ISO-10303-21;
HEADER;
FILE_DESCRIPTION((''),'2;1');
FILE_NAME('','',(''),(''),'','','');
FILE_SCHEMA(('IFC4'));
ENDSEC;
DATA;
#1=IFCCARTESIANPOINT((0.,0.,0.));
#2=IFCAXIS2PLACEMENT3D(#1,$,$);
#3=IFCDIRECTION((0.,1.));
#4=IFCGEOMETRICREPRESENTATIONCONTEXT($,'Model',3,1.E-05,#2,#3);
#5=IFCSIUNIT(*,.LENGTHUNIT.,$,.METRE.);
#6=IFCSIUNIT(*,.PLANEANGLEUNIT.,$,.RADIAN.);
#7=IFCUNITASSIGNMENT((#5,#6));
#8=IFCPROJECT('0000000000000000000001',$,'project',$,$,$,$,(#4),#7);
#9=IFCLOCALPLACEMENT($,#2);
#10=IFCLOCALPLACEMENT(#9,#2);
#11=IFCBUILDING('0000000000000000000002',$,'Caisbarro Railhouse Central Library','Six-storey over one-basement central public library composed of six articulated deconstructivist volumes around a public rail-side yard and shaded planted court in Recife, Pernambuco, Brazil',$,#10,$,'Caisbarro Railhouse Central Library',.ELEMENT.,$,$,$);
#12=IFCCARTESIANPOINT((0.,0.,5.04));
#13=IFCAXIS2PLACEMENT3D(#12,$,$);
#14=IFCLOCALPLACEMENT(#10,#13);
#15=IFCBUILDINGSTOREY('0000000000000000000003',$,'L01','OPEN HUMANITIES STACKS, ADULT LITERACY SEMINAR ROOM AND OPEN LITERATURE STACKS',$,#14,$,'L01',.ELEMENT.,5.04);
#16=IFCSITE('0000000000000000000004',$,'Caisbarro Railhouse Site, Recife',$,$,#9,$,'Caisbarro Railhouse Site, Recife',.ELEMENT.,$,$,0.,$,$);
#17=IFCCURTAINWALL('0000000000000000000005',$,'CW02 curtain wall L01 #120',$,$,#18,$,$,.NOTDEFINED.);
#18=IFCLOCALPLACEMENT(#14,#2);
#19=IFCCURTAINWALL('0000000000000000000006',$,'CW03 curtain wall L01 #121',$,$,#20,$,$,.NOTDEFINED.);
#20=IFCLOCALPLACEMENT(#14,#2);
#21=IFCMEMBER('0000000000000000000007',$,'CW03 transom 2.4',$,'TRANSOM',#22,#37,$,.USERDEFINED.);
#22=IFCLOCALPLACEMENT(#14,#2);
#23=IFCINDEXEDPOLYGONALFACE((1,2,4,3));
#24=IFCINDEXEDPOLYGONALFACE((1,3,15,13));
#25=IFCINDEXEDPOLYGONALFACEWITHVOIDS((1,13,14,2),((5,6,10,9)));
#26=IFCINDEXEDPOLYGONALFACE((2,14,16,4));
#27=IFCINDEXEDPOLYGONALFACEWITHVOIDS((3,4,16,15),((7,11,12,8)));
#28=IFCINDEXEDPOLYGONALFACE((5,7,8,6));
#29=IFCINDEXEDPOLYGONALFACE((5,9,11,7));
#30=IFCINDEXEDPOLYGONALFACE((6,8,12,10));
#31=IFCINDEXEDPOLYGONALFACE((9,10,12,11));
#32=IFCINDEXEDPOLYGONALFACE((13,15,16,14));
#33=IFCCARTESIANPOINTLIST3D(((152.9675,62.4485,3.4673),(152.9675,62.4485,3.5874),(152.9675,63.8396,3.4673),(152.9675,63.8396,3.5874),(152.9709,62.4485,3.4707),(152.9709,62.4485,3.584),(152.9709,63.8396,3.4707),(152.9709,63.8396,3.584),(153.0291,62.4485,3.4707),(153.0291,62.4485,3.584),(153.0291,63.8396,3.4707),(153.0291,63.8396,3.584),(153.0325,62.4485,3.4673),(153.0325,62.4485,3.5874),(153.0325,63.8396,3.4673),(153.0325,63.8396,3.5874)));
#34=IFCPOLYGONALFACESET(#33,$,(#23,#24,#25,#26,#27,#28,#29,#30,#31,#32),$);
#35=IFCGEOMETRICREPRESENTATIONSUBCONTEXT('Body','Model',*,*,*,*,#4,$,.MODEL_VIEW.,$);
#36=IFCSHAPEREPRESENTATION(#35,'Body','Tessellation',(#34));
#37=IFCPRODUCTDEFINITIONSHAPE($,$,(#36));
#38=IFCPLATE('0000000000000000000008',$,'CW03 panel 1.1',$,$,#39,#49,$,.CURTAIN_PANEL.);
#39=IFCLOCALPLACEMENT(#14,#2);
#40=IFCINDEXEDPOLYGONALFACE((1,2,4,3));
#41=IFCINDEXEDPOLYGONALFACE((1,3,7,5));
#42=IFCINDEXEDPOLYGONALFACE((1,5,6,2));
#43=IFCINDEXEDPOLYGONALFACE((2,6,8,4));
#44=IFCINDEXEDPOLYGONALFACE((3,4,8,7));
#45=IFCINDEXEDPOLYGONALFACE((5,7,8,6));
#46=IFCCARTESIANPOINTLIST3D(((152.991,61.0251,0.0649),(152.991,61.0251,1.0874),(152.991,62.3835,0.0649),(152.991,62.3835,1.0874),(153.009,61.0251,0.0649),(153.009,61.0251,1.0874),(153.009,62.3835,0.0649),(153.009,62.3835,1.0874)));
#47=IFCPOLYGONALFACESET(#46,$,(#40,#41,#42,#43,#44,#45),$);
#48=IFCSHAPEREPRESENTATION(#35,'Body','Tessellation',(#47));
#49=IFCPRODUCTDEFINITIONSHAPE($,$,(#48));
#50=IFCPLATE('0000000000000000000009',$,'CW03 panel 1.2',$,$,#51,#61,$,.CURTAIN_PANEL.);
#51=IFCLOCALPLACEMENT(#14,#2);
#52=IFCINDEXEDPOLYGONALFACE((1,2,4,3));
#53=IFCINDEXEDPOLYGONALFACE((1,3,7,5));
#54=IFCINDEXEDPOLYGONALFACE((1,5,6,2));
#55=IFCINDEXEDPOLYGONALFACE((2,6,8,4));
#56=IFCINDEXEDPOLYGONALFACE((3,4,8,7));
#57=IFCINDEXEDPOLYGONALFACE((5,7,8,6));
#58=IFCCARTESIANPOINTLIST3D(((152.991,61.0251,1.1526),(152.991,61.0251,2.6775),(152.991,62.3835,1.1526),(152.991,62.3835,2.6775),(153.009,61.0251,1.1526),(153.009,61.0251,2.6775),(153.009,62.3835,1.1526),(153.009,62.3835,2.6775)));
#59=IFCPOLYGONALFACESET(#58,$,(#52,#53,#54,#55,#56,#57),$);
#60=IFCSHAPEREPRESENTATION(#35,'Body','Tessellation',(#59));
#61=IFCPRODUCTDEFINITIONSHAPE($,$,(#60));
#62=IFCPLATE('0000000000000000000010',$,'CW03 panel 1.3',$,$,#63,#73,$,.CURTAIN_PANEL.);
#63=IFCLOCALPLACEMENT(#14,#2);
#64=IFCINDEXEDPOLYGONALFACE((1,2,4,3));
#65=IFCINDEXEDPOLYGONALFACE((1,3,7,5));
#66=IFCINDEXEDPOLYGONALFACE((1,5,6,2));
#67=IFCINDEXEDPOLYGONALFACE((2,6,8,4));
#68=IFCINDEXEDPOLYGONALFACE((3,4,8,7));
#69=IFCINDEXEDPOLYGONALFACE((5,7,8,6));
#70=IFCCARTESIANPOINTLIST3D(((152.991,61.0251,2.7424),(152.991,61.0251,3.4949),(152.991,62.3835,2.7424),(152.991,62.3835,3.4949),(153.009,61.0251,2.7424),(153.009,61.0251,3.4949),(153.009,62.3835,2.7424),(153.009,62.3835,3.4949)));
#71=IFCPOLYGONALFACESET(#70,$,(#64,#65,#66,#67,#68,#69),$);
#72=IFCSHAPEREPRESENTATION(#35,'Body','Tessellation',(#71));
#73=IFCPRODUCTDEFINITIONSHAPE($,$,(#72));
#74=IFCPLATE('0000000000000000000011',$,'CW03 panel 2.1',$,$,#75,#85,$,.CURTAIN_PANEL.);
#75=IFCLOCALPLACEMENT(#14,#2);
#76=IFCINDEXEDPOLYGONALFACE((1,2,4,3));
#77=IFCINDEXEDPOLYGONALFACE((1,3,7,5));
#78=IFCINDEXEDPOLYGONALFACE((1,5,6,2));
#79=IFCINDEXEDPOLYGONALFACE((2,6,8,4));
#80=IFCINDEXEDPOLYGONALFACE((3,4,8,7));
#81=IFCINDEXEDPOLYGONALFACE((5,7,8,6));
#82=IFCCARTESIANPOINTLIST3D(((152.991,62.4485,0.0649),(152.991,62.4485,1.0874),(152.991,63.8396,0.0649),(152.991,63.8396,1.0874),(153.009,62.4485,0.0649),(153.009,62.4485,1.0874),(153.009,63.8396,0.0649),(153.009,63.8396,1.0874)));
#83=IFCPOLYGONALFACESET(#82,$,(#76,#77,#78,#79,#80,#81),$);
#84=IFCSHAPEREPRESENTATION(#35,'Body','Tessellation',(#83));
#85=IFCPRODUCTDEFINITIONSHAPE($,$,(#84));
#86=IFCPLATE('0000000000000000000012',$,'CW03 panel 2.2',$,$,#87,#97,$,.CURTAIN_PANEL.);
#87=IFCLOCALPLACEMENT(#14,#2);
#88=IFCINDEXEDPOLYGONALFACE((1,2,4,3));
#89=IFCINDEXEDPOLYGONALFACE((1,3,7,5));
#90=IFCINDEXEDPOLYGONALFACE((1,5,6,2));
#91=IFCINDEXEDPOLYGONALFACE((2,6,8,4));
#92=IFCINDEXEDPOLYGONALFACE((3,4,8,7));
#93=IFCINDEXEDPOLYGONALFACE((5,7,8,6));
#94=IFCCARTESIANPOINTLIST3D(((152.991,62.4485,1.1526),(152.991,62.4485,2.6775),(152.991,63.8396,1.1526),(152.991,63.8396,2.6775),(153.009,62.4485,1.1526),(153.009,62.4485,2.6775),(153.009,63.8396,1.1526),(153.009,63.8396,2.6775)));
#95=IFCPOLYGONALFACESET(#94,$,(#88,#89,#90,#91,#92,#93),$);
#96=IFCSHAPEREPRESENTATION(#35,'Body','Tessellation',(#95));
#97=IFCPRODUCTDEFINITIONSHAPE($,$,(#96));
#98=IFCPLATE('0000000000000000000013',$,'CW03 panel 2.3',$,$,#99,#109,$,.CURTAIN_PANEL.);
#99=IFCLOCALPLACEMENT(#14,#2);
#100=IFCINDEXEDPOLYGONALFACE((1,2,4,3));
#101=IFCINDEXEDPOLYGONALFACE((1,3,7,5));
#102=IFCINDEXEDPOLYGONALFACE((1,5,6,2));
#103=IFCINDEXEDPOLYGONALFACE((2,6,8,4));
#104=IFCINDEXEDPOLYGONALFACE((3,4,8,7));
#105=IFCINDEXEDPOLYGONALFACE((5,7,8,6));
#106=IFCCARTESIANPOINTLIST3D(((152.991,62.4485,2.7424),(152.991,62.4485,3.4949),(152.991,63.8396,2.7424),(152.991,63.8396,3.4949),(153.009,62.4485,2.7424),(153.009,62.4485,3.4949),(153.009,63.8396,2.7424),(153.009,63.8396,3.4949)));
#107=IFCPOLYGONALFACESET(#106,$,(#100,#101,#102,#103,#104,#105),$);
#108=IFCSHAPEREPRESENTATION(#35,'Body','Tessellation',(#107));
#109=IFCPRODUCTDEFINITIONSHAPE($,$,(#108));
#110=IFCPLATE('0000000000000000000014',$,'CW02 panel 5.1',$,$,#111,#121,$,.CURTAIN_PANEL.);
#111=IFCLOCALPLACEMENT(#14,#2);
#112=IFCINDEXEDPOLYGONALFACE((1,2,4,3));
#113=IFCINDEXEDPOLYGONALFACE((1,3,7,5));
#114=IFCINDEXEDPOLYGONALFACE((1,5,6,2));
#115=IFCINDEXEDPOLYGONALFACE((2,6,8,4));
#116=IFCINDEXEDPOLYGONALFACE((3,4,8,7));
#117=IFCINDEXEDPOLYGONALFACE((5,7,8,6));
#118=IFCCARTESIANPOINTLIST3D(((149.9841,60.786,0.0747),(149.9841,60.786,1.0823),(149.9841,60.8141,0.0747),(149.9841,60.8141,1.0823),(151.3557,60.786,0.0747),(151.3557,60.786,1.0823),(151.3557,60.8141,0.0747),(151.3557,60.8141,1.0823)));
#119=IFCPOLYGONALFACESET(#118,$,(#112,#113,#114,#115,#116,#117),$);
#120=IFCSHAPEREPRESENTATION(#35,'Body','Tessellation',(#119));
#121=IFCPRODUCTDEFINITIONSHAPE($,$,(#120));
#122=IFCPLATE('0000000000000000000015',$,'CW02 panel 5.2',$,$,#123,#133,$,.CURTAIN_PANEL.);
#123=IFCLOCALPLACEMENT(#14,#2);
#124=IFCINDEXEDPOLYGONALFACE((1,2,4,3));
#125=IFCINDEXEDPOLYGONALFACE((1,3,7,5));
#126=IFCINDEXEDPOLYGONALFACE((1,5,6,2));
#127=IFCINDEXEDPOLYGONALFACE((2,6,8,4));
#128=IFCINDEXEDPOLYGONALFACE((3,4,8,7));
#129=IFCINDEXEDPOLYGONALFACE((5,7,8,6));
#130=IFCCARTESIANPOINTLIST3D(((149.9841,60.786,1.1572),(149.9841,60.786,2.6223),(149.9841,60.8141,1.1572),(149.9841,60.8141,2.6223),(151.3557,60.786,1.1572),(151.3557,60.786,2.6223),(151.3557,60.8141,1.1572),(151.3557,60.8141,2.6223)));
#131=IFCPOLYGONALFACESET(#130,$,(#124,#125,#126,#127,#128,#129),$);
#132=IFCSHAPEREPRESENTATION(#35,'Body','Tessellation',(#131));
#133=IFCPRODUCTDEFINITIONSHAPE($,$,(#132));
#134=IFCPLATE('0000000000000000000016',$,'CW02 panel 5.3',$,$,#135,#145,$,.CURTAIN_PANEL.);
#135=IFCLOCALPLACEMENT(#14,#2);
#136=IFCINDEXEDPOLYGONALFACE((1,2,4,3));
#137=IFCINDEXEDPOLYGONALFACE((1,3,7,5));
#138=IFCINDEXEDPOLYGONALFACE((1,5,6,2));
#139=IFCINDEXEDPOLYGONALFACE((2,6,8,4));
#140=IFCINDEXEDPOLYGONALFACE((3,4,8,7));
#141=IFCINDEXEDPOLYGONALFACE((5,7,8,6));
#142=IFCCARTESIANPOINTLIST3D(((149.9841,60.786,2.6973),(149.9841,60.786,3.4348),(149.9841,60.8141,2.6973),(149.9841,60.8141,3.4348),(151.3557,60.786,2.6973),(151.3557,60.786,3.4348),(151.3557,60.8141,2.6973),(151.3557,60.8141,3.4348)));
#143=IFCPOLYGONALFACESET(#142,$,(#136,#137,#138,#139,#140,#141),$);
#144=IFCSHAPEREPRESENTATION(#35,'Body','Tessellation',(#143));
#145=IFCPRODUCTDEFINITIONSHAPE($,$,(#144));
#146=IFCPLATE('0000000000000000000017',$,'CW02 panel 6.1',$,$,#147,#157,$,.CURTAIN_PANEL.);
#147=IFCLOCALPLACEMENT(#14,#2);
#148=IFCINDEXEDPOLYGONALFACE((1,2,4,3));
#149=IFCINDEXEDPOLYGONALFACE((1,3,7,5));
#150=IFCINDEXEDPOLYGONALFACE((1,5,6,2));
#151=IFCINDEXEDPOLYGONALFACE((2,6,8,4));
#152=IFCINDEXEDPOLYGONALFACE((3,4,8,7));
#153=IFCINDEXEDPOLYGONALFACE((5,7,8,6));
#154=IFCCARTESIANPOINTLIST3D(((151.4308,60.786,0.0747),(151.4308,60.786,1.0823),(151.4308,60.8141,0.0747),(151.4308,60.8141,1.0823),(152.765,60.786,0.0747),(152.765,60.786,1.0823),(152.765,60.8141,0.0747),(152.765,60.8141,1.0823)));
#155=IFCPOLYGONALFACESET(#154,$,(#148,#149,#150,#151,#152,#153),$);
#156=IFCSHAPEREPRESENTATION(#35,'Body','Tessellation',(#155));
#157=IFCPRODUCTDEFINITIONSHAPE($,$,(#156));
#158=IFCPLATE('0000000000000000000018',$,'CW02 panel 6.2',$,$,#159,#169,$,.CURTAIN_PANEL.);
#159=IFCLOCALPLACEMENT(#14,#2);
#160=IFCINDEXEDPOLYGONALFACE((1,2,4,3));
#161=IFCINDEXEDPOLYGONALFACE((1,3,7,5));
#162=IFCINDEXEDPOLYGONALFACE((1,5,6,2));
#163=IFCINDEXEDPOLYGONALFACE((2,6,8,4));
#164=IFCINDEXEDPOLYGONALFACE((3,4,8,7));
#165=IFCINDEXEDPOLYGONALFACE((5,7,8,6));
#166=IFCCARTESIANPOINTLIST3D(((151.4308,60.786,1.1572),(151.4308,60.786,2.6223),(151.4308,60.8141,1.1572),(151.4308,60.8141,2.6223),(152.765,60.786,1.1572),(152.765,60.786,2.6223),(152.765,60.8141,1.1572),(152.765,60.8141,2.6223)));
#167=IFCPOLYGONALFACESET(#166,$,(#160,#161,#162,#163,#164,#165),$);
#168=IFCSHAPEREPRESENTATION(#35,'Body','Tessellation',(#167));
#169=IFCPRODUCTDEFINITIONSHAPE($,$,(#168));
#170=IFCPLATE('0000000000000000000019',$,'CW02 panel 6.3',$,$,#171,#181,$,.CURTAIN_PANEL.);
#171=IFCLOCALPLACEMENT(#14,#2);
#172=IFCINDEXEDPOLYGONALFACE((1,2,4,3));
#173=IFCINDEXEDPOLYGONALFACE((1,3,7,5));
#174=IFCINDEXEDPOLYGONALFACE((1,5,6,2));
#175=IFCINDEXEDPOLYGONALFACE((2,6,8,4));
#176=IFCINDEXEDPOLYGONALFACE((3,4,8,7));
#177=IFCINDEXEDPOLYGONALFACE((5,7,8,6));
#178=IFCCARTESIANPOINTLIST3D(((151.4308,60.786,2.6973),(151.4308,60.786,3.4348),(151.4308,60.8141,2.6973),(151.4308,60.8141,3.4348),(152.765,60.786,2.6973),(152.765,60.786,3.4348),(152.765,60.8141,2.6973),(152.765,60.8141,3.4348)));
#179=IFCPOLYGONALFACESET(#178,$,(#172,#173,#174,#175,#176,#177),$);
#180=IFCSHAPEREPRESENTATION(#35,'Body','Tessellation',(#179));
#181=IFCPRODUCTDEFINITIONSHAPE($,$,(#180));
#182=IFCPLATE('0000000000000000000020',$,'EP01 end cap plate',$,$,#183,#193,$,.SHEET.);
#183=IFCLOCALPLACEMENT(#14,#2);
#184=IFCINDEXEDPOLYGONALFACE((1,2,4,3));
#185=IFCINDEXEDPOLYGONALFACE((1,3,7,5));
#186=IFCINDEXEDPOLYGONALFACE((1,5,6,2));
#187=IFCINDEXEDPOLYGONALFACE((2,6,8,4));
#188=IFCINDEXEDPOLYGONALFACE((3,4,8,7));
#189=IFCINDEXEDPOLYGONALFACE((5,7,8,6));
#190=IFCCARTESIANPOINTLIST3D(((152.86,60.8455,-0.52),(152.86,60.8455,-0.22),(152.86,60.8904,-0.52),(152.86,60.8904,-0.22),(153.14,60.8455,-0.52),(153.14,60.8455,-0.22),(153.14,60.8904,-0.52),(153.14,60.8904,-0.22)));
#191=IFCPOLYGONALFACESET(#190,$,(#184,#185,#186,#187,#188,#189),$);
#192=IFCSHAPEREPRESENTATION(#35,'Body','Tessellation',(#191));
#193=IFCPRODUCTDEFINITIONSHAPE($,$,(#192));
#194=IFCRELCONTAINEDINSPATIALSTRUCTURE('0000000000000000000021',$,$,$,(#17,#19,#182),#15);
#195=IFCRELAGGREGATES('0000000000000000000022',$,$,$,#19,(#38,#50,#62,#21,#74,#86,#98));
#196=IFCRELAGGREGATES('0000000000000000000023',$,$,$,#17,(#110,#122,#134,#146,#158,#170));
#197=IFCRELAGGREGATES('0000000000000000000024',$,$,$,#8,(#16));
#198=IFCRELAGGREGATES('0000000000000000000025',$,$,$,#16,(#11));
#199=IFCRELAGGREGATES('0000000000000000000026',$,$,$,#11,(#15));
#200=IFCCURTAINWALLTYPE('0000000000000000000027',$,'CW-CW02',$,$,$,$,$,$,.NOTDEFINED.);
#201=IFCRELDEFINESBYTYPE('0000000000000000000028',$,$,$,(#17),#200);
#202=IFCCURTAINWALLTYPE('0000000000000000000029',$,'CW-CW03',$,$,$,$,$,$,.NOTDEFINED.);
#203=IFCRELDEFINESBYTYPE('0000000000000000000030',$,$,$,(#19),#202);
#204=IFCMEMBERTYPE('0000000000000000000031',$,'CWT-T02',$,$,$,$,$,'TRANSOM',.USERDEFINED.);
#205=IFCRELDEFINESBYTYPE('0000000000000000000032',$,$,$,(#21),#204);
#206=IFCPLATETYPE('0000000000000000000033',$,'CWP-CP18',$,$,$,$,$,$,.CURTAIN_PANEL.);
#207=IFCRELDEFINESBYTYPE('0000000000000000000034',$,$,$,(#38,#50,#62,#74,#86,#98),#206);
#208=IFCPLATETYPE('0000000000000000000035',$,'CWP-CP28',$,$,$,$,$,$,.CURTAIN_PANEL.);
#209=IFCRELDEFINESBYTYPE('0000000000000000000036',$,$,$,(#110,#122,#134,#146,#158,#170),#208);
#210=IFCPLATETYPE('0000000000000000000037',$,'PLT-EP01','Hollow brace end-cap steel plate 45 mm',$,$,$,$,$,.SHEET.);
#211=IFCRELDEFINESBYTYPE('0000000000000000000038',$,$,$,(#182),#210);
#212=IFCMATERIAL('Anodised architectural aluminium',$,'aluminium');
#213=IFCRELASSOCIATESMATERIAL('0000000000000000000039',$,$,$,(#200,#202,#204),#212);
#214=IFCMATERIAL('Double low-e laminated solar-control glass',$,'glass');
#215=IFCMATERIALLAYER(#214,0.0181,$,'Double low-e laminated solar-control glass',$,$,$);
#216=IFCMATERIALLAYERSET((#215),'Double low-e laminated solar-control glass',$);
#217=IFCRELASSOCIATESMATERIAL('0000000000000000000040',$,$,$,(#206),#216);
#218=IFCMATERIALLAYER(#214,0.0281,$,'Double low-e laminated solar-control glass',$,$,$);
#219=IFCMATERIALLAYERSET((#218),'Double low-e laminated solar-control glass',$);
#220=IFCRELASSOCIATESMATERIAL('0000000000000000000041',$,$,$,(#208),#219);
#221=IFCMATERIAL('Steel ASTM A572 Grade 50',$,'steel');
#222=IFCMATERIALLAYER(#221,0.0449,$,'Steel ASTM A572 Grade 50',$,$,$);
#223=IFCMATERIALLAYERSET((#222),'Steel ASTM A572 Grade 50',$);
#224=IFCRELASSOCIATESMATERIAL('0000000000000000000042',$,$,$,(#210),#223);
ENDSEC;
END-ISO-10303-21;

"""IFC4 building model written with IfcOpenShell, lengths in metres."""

from ifc_helpers import new_model, si_unit, direction, frame, origin, origin_2d, place, context, subcontext, project, spatial, rectangle, hollow_rectangle, extrude, material, layer, layer_set, material_profile, profile_set, type_object, element, aggregate, save


model = new_model("IFC4")

# Units and contexts
model_context = context("Model", 3, precision=1e-05, world=origin(), true_north=direction((0.0, 1.0)))
body_context = subcontext(model_context, "Body", "Model", "MODEL_VIEW")
ifc_project = project(units=[si_unit("LENGTHUNIT", "METRE"), si_unit("PLANEANGLEUNIT", "RADIAN")], contexts=[model_context])

# Site, building, storey
site_placement = place(None, origin())
site = spatial("IfcSite", under=ifc_project, at=site_placement, Name="Caisbarro Railhouse Site, Recife", LongName="Caisbarro Railhouse Site, Recife", CompositionType="ELEMENT", RefElevation=0.0)
building_placement = place(site_placement, origin())
building = spatial("IfcBuilding", under=site, at=building_placement, Name="Caisbarro Railhouse Central Library", Description="Six-storey over one-basement central public library composed of six articulated deconstructivist volumes around a public rail-side yard and shaded planted court in Recife, Pernambuco, Brazil", LongName="Caisbarro Railhouse Central Library", CompositionType="ELEMENT")
storey_placement = place(building_placement, frame((0.0, 0.0, 5.04)))
storey = spatial("IfcBuildingStorey", under=building, at=storey_placement, Name="L01", Description="OPEN HUMANITIES STACKS, ADULT LITERACY SEMINAR ROOM AND OPEN LITERATURE STACKS", LongName="L01", CompositionType="ELEMENT", Elevation=5.04)

# Shared definitions
ifc_material_1 = material(Name="Steel ASTM A572 Grade 50", Category="steel")

# Curtain walls
ifc_material_2 = material(Name="Anodised architectural aluminium", Category="aluminium")
curtain_wall_type_1 = type_object("IfcCurtainWallType", Name="CW-CW02", PredefinedType="NOTDEFINED", material=ifc_material_2)
curtain_wall_1_placement = place(storey_placement, origin())
curtain_wall_1 = element("IfcCurtainWall", 1, at=curtain_wall_1_placement, inside=storey, type_object=curtain_wall_type_1, Name="CW02 curtain wall L01 #120", PredefinedType="NOTDEFINED")
curtain_wall_type_2 = type_object("IfcCurtainWallType", Name="CW-CW03", PredefinedType="NOTDEFINED", material=ifc_material_2)
curtain_wall_2_placement = place(storey_placement, origin())
curtain_wall_2 = element("IfcCurtainWall", 2, at=curtain_wall_2_placement, inside=storey, type_object=curtain_wall_type_2, Name="CW03 curtain wall L01 #121", PredefinedType="NOTDEFINED")

# Member
ifc_material_profile_1 = material_profile(ifc_material_2, hollow_rectangle(XDim=0.0649, YDim=0.1201, WallThickness=0.0034, at=origin_2d()), Name="ALU-TRN-65X120")
ifc_profile_set_1 = profile_set([ifc_material_profile_1], Name="Anodised architectural aluminium")
member_type_1 = type_object("IfcMemberType", Name="CWT-T02", ElementType="TRANSOM", PredefinedType="USERDEFINED", material=ifc_profile_set_1)
member_1_placement = place(storey_placement, frame((153.0, 62.4485, 3.5273), z_axis=(0.0, 1.0, 0.0), x_axis=(-1.0, 0.0, 0.0)))
member_1 = element("IfcMember", 3, at=member_1_placement, type_object=member_type_1, Name="CW03 transom 2.4", ObjectType="TRANSOM", PredefinedType="USERDEFINED", context=body_context, shape_type="SweptSolid", body=[
    extrude(hollow_rectangle(XDim=0.0649, YDim=0.1201, WallThickness=0.0034, at=origin_2d()), origin(), (0.0, 0.0, 1.0), 1.3911),
])

# Plates
ifc_material_3 = material(Name="Double low-e laminated solar-control glass", Category="glass")
ifc_layer_1 = layer(ifc_material_3, 0.0181, Name="Double low-e laminated solar-control glass")
ifc_layer_set_1 = layer_set([ifc_layer_1], Name="Double low-e laminated solar-control glass")
plate_type_1 = type_object("IfcPlateType", Name="CWP-CP18", PredefinedType="CURTAIN_PANEL", material=ifc_layer_set_1)
plate_1_placement = place(storey_placement, frame((153.0, 61.7043, 0.0649), z_axis=(0.0, 0.0, 1.0), x_axis=(0.0, 1.0, 0.0)))
plate_1 = element("IfcPlate", 4, at=plate_1_placement, type_object=plate_type_1, Name="CW03 panel 1.1", PredefinedType="CURTAIN_PANEL", context=body_context, shape_type="SweptSolid", body=[
    extrude(rectangle(XDim=1.3584, YDim=0.0181, at=origin_2d()), origin(), (0.0, 0.0, 1.0), 1.0225),
])
plate_2_placement = place(storey_placement, frame((153.0, 61.7043, 1.1526), z_axis=(0.0, 0.0, 1.0), x_axis=(0.0, 1.0, 0.0)))
plate_2 = element("IfcPlate", 5, at=plate_2_placement, type_object=plate_type_1, Name="CW03 panel 1.2", PredefinedType="CURTAIN_PANEL", context=body_context, shape_type="SweptSolid", body=[
    extrude(rectangle(XDim=1.3584, YDim=0.0181, at=origin_2d()), origin(), (0.0, 0.0, 1.0), 1.5249),
])
plate_3_placement = place(storey_placement, frame((153.0, 61.7043, 2.7424), z_axis=(0.0, 0.0, 1.0), x_axis=(0.0, 1.0, 0.0)))
plate_3 = element("IfcPlate", 6, at=plate_3_placement, type_object=plate_type_1, Name="CW03 panel 1.3", PredefinedType="CURTAIN_PANEL", context=body_context, shape_type="SweptSolid", body=[
    extrude(rectangle(XDim=1.3584, YDim=0.0181, at=origin_2d()), origin(), (0.0, 0.0, 1.0), 0.7524),
])
plate_4_placement = place(storey_placement, frame((153.0, 63.144, 0.0649), z_axis=(0.0, 0.0, 1.0), x_axis=(0.0, 1.0, 0.0)))
plate_4 = element("IfcPlate", 7, at=plate_4_placement, type_object=plate_type_1, Name="CW03 panel 2.1", PredefinedType="CURTAIN_PANEL", context=body_context, shape_type="SweptSolid", body=[
    extrude(rectangle(XDim=1.3911, YDim=0.0181, at=origin_2d()), origin(), (0.0, 0.0, 1.0), 1.0225),
])
plate_5_placement = place(storey_placement, frame((153.0, 63.144, 1.1526), z_axis=(0.0, 0.0, 1.0), x_axis=(0.0, 1.0, 0.0)))
plate_5 = element("IfcPlate", 8, at=plate_5_placement, type_object=plate_type_1, Name="CW03 panel 2.2", PredefinedType="CURTAIN_PANEL", context=body_context, shape_type="SweptSolid", body=[
    extrude(rectangle(XDim=1.3911, YDim=0.0181, at=origin_2d()), origin(), (0.0, 0.0, 1.0), 1.5249),
])
plate_6_placement = place(storey_placement, frame((153.0, 63.144, 2.7424), z_axis=(0.0, 0.0, 1.0), x_axis=(0.0, 1.0, 0.0)))
plate_6 = element("IfcPlate", 9, at=plate_6_placement, type_object=plate_type_1, Name="CW03 panel 2.3", PredefinedType="CURTAIN_PANEL", context=body_context, shape_type="SweptSolid", body=[
    extrude(rectangle(XDim=1.3911, YDim=0.0181, at=origin_2d()), origin(), (0.0, 0.0, 1.0), 0.7524),
])
aggregate(curtain_wall_2, [plate_1, plate_2, plate_3, member_1, plate_4, plate_5, plate_6])
ifc_layer_2 = layer(ifc_material_3, 0.0281, Name="Double low-e laminated solar-control glass")
ifc_layer_set_2 = layer_set([ifc_layer_2], Name="Double low-e laminated solar-control glass")
plate_type_2 = type_object("IfcPlateType", Name="CWP-CP28", PredefinedType="CURTAIN_PANEL", material=ifc_layer_set_2)
plate_7_placement = place(storey_placement, frame((150.6699, 60.8, 0.0747), z_axis=(0.0, 0.0, 1.0), x_axis=(1.0, 0.0, 0.0)))
plate_7 = element("IfcPlate", 10, at=plate_7_placement, type_object=plate_type_2, Name="CW02 panel 5.1", PredefinedType="CURTAIN_PANEL", context=body_context, shape_type="SweptSolid", body=[
    extrude(rectangle(XDim=1.3716, YDim=0.0281, at=origin_2d()), origin(), (0.0, 0.0, 1.0), 1.0076),
])
plate_8_placement = place(storey_placement, frame((150.6699, 60.8, 1.1572), z_axis=(0.0, 0.0, 1.0), x_axis=(1.0, 0.0, 0.0)))
plate_8 = element("IfcPlate", 11, at=plate_8_placement, type_object=plate_type_2, Name="CW02 panel 5.2", PredefinedType="CURTAIN_PANEL", context=body_context, shape_type="SweptSolid", body=[
    extrude(rectangle(XDim=1.3716, YDim=0.0281, at=origin_2d()), origin(), (0.0, 0.0, 1.0), 1.4651),
])
plate_9_placement = place(storey_placement, frame((150.6699, 60.8, 2.6973), z_axis=(0.0, 0.0, 1.0), x_axis=(1.0, 0.0, 0.0)))
plate_9 = element("IfcPlate", 12, at=plate_9_placement, type_object=plate_type_2, Name="CW02 panel 5.3", PredefinedType="CURTAIN_PANEL", context=body_context, shape_type="SweptSolid", body=[
    extrude(rectangle(XDim=1.3716, YDim=0.0281, at=origin_2d()), origin(), (0.0, 0.0, 1.0), 0.7375),
])
plate_10_placement = place(storey_placement, frame((152.0979, 60.8, 0.0747), z_axis=(0.0, 0.0, 1.0), x_axis=(1.0, 0.0, 0.0)))
plate_10 = element("IfcPlate", 13, at=plate_10_placement, type_object=plate_type_2, Name="CW02 panel 6.1", PredefinedType="CURTAIN_PANEL", context=body_context, shape_type="SweptSolid", body=[
    extrude(rectangle(XDim=1.3342, YDim=0.0281, at=origin_2d()), origin(), (0.0, 0.0, 1.0), 1.0076),
])
plate_11_placement = place(storey_placement, frame((152.0979, 60.8, 1.1572), z_axis=(0.0, 0.0, 1.0), x_axis=(1.0, 0.0, 0.0)))
plate_11 = element("IfcPlate", 14, at=plate_11_placement, type_object=plate_type_2, Name="CW02 panel 6.2", PredefinedType="CURTAIN_PANEL", context=body_context, shape_type="SweptSolid", body=[
    extrude(rectangle(XDim=1.3342, YDim=0.0281, at=origin_2d()), origin(), (0.0, 0.0, 1.0), 1.4651),
])
plate_12_placement = place(storey_placement, frame((152.0979, 60.8, 2.6973), z_axis=(0.0, 0.0, 1.0), x_axis=(1.0, 0.0, 0.0)))
plate_12 = element("IfcPlate", 15, at=plate_12_placement, type_object=plate_type_2, Name="CW02 panel 6.3", PredefinedType="CURTAIN_PANEL", context=body_context, shape_type="SweptSolid", body=[
    extrude(rectangle(XDim=1.3342, YDim=0.0281, at=origin_2d()), origin(), (0.0, 0.0, 1.0), 0.7375),
])
aggregate(curtain_wall_1, [plate_7, plate_8, plate_9, plate_10, plate_11, plate_12])
ifc_layer_3 = layer(ifc_material_1, 0.0449, Name="Steel ASTM A572 Grade 50")
ifc_layer_set_3 = layer_set([ifc_layer_3], Name="Steel ASTM A572 Grade 50")
plate_type_3 = type_object("IfcPlateType", Name="PLT-EP01", Description="Hollow brace end-cap steel plate 45 mm", PredefinedType="SHEET", material=ifc_layer_set_3)
plate_13_placement = place(storey_placement, frame((153.0, 60.8679, -0.52), z_axis=(0.0, 0.0, 1.0), x_axis=(0.0, 1.0, 0.0)))
element("IfcPlate", 16, at=plate_13_placement, inside=storey, type_object=plate_type_3, Name="EP01 end cap plate", PredefinedType="SHEET", context=body_context, shape_type="SweptSolid", body=[
    extrude(rectangle(XDim=0.0449, YDim=0.28, at=origin_2d()), origin(), (0.0, 0.0, 1.0), 0.3),
])

save(model, "model.ifc")
